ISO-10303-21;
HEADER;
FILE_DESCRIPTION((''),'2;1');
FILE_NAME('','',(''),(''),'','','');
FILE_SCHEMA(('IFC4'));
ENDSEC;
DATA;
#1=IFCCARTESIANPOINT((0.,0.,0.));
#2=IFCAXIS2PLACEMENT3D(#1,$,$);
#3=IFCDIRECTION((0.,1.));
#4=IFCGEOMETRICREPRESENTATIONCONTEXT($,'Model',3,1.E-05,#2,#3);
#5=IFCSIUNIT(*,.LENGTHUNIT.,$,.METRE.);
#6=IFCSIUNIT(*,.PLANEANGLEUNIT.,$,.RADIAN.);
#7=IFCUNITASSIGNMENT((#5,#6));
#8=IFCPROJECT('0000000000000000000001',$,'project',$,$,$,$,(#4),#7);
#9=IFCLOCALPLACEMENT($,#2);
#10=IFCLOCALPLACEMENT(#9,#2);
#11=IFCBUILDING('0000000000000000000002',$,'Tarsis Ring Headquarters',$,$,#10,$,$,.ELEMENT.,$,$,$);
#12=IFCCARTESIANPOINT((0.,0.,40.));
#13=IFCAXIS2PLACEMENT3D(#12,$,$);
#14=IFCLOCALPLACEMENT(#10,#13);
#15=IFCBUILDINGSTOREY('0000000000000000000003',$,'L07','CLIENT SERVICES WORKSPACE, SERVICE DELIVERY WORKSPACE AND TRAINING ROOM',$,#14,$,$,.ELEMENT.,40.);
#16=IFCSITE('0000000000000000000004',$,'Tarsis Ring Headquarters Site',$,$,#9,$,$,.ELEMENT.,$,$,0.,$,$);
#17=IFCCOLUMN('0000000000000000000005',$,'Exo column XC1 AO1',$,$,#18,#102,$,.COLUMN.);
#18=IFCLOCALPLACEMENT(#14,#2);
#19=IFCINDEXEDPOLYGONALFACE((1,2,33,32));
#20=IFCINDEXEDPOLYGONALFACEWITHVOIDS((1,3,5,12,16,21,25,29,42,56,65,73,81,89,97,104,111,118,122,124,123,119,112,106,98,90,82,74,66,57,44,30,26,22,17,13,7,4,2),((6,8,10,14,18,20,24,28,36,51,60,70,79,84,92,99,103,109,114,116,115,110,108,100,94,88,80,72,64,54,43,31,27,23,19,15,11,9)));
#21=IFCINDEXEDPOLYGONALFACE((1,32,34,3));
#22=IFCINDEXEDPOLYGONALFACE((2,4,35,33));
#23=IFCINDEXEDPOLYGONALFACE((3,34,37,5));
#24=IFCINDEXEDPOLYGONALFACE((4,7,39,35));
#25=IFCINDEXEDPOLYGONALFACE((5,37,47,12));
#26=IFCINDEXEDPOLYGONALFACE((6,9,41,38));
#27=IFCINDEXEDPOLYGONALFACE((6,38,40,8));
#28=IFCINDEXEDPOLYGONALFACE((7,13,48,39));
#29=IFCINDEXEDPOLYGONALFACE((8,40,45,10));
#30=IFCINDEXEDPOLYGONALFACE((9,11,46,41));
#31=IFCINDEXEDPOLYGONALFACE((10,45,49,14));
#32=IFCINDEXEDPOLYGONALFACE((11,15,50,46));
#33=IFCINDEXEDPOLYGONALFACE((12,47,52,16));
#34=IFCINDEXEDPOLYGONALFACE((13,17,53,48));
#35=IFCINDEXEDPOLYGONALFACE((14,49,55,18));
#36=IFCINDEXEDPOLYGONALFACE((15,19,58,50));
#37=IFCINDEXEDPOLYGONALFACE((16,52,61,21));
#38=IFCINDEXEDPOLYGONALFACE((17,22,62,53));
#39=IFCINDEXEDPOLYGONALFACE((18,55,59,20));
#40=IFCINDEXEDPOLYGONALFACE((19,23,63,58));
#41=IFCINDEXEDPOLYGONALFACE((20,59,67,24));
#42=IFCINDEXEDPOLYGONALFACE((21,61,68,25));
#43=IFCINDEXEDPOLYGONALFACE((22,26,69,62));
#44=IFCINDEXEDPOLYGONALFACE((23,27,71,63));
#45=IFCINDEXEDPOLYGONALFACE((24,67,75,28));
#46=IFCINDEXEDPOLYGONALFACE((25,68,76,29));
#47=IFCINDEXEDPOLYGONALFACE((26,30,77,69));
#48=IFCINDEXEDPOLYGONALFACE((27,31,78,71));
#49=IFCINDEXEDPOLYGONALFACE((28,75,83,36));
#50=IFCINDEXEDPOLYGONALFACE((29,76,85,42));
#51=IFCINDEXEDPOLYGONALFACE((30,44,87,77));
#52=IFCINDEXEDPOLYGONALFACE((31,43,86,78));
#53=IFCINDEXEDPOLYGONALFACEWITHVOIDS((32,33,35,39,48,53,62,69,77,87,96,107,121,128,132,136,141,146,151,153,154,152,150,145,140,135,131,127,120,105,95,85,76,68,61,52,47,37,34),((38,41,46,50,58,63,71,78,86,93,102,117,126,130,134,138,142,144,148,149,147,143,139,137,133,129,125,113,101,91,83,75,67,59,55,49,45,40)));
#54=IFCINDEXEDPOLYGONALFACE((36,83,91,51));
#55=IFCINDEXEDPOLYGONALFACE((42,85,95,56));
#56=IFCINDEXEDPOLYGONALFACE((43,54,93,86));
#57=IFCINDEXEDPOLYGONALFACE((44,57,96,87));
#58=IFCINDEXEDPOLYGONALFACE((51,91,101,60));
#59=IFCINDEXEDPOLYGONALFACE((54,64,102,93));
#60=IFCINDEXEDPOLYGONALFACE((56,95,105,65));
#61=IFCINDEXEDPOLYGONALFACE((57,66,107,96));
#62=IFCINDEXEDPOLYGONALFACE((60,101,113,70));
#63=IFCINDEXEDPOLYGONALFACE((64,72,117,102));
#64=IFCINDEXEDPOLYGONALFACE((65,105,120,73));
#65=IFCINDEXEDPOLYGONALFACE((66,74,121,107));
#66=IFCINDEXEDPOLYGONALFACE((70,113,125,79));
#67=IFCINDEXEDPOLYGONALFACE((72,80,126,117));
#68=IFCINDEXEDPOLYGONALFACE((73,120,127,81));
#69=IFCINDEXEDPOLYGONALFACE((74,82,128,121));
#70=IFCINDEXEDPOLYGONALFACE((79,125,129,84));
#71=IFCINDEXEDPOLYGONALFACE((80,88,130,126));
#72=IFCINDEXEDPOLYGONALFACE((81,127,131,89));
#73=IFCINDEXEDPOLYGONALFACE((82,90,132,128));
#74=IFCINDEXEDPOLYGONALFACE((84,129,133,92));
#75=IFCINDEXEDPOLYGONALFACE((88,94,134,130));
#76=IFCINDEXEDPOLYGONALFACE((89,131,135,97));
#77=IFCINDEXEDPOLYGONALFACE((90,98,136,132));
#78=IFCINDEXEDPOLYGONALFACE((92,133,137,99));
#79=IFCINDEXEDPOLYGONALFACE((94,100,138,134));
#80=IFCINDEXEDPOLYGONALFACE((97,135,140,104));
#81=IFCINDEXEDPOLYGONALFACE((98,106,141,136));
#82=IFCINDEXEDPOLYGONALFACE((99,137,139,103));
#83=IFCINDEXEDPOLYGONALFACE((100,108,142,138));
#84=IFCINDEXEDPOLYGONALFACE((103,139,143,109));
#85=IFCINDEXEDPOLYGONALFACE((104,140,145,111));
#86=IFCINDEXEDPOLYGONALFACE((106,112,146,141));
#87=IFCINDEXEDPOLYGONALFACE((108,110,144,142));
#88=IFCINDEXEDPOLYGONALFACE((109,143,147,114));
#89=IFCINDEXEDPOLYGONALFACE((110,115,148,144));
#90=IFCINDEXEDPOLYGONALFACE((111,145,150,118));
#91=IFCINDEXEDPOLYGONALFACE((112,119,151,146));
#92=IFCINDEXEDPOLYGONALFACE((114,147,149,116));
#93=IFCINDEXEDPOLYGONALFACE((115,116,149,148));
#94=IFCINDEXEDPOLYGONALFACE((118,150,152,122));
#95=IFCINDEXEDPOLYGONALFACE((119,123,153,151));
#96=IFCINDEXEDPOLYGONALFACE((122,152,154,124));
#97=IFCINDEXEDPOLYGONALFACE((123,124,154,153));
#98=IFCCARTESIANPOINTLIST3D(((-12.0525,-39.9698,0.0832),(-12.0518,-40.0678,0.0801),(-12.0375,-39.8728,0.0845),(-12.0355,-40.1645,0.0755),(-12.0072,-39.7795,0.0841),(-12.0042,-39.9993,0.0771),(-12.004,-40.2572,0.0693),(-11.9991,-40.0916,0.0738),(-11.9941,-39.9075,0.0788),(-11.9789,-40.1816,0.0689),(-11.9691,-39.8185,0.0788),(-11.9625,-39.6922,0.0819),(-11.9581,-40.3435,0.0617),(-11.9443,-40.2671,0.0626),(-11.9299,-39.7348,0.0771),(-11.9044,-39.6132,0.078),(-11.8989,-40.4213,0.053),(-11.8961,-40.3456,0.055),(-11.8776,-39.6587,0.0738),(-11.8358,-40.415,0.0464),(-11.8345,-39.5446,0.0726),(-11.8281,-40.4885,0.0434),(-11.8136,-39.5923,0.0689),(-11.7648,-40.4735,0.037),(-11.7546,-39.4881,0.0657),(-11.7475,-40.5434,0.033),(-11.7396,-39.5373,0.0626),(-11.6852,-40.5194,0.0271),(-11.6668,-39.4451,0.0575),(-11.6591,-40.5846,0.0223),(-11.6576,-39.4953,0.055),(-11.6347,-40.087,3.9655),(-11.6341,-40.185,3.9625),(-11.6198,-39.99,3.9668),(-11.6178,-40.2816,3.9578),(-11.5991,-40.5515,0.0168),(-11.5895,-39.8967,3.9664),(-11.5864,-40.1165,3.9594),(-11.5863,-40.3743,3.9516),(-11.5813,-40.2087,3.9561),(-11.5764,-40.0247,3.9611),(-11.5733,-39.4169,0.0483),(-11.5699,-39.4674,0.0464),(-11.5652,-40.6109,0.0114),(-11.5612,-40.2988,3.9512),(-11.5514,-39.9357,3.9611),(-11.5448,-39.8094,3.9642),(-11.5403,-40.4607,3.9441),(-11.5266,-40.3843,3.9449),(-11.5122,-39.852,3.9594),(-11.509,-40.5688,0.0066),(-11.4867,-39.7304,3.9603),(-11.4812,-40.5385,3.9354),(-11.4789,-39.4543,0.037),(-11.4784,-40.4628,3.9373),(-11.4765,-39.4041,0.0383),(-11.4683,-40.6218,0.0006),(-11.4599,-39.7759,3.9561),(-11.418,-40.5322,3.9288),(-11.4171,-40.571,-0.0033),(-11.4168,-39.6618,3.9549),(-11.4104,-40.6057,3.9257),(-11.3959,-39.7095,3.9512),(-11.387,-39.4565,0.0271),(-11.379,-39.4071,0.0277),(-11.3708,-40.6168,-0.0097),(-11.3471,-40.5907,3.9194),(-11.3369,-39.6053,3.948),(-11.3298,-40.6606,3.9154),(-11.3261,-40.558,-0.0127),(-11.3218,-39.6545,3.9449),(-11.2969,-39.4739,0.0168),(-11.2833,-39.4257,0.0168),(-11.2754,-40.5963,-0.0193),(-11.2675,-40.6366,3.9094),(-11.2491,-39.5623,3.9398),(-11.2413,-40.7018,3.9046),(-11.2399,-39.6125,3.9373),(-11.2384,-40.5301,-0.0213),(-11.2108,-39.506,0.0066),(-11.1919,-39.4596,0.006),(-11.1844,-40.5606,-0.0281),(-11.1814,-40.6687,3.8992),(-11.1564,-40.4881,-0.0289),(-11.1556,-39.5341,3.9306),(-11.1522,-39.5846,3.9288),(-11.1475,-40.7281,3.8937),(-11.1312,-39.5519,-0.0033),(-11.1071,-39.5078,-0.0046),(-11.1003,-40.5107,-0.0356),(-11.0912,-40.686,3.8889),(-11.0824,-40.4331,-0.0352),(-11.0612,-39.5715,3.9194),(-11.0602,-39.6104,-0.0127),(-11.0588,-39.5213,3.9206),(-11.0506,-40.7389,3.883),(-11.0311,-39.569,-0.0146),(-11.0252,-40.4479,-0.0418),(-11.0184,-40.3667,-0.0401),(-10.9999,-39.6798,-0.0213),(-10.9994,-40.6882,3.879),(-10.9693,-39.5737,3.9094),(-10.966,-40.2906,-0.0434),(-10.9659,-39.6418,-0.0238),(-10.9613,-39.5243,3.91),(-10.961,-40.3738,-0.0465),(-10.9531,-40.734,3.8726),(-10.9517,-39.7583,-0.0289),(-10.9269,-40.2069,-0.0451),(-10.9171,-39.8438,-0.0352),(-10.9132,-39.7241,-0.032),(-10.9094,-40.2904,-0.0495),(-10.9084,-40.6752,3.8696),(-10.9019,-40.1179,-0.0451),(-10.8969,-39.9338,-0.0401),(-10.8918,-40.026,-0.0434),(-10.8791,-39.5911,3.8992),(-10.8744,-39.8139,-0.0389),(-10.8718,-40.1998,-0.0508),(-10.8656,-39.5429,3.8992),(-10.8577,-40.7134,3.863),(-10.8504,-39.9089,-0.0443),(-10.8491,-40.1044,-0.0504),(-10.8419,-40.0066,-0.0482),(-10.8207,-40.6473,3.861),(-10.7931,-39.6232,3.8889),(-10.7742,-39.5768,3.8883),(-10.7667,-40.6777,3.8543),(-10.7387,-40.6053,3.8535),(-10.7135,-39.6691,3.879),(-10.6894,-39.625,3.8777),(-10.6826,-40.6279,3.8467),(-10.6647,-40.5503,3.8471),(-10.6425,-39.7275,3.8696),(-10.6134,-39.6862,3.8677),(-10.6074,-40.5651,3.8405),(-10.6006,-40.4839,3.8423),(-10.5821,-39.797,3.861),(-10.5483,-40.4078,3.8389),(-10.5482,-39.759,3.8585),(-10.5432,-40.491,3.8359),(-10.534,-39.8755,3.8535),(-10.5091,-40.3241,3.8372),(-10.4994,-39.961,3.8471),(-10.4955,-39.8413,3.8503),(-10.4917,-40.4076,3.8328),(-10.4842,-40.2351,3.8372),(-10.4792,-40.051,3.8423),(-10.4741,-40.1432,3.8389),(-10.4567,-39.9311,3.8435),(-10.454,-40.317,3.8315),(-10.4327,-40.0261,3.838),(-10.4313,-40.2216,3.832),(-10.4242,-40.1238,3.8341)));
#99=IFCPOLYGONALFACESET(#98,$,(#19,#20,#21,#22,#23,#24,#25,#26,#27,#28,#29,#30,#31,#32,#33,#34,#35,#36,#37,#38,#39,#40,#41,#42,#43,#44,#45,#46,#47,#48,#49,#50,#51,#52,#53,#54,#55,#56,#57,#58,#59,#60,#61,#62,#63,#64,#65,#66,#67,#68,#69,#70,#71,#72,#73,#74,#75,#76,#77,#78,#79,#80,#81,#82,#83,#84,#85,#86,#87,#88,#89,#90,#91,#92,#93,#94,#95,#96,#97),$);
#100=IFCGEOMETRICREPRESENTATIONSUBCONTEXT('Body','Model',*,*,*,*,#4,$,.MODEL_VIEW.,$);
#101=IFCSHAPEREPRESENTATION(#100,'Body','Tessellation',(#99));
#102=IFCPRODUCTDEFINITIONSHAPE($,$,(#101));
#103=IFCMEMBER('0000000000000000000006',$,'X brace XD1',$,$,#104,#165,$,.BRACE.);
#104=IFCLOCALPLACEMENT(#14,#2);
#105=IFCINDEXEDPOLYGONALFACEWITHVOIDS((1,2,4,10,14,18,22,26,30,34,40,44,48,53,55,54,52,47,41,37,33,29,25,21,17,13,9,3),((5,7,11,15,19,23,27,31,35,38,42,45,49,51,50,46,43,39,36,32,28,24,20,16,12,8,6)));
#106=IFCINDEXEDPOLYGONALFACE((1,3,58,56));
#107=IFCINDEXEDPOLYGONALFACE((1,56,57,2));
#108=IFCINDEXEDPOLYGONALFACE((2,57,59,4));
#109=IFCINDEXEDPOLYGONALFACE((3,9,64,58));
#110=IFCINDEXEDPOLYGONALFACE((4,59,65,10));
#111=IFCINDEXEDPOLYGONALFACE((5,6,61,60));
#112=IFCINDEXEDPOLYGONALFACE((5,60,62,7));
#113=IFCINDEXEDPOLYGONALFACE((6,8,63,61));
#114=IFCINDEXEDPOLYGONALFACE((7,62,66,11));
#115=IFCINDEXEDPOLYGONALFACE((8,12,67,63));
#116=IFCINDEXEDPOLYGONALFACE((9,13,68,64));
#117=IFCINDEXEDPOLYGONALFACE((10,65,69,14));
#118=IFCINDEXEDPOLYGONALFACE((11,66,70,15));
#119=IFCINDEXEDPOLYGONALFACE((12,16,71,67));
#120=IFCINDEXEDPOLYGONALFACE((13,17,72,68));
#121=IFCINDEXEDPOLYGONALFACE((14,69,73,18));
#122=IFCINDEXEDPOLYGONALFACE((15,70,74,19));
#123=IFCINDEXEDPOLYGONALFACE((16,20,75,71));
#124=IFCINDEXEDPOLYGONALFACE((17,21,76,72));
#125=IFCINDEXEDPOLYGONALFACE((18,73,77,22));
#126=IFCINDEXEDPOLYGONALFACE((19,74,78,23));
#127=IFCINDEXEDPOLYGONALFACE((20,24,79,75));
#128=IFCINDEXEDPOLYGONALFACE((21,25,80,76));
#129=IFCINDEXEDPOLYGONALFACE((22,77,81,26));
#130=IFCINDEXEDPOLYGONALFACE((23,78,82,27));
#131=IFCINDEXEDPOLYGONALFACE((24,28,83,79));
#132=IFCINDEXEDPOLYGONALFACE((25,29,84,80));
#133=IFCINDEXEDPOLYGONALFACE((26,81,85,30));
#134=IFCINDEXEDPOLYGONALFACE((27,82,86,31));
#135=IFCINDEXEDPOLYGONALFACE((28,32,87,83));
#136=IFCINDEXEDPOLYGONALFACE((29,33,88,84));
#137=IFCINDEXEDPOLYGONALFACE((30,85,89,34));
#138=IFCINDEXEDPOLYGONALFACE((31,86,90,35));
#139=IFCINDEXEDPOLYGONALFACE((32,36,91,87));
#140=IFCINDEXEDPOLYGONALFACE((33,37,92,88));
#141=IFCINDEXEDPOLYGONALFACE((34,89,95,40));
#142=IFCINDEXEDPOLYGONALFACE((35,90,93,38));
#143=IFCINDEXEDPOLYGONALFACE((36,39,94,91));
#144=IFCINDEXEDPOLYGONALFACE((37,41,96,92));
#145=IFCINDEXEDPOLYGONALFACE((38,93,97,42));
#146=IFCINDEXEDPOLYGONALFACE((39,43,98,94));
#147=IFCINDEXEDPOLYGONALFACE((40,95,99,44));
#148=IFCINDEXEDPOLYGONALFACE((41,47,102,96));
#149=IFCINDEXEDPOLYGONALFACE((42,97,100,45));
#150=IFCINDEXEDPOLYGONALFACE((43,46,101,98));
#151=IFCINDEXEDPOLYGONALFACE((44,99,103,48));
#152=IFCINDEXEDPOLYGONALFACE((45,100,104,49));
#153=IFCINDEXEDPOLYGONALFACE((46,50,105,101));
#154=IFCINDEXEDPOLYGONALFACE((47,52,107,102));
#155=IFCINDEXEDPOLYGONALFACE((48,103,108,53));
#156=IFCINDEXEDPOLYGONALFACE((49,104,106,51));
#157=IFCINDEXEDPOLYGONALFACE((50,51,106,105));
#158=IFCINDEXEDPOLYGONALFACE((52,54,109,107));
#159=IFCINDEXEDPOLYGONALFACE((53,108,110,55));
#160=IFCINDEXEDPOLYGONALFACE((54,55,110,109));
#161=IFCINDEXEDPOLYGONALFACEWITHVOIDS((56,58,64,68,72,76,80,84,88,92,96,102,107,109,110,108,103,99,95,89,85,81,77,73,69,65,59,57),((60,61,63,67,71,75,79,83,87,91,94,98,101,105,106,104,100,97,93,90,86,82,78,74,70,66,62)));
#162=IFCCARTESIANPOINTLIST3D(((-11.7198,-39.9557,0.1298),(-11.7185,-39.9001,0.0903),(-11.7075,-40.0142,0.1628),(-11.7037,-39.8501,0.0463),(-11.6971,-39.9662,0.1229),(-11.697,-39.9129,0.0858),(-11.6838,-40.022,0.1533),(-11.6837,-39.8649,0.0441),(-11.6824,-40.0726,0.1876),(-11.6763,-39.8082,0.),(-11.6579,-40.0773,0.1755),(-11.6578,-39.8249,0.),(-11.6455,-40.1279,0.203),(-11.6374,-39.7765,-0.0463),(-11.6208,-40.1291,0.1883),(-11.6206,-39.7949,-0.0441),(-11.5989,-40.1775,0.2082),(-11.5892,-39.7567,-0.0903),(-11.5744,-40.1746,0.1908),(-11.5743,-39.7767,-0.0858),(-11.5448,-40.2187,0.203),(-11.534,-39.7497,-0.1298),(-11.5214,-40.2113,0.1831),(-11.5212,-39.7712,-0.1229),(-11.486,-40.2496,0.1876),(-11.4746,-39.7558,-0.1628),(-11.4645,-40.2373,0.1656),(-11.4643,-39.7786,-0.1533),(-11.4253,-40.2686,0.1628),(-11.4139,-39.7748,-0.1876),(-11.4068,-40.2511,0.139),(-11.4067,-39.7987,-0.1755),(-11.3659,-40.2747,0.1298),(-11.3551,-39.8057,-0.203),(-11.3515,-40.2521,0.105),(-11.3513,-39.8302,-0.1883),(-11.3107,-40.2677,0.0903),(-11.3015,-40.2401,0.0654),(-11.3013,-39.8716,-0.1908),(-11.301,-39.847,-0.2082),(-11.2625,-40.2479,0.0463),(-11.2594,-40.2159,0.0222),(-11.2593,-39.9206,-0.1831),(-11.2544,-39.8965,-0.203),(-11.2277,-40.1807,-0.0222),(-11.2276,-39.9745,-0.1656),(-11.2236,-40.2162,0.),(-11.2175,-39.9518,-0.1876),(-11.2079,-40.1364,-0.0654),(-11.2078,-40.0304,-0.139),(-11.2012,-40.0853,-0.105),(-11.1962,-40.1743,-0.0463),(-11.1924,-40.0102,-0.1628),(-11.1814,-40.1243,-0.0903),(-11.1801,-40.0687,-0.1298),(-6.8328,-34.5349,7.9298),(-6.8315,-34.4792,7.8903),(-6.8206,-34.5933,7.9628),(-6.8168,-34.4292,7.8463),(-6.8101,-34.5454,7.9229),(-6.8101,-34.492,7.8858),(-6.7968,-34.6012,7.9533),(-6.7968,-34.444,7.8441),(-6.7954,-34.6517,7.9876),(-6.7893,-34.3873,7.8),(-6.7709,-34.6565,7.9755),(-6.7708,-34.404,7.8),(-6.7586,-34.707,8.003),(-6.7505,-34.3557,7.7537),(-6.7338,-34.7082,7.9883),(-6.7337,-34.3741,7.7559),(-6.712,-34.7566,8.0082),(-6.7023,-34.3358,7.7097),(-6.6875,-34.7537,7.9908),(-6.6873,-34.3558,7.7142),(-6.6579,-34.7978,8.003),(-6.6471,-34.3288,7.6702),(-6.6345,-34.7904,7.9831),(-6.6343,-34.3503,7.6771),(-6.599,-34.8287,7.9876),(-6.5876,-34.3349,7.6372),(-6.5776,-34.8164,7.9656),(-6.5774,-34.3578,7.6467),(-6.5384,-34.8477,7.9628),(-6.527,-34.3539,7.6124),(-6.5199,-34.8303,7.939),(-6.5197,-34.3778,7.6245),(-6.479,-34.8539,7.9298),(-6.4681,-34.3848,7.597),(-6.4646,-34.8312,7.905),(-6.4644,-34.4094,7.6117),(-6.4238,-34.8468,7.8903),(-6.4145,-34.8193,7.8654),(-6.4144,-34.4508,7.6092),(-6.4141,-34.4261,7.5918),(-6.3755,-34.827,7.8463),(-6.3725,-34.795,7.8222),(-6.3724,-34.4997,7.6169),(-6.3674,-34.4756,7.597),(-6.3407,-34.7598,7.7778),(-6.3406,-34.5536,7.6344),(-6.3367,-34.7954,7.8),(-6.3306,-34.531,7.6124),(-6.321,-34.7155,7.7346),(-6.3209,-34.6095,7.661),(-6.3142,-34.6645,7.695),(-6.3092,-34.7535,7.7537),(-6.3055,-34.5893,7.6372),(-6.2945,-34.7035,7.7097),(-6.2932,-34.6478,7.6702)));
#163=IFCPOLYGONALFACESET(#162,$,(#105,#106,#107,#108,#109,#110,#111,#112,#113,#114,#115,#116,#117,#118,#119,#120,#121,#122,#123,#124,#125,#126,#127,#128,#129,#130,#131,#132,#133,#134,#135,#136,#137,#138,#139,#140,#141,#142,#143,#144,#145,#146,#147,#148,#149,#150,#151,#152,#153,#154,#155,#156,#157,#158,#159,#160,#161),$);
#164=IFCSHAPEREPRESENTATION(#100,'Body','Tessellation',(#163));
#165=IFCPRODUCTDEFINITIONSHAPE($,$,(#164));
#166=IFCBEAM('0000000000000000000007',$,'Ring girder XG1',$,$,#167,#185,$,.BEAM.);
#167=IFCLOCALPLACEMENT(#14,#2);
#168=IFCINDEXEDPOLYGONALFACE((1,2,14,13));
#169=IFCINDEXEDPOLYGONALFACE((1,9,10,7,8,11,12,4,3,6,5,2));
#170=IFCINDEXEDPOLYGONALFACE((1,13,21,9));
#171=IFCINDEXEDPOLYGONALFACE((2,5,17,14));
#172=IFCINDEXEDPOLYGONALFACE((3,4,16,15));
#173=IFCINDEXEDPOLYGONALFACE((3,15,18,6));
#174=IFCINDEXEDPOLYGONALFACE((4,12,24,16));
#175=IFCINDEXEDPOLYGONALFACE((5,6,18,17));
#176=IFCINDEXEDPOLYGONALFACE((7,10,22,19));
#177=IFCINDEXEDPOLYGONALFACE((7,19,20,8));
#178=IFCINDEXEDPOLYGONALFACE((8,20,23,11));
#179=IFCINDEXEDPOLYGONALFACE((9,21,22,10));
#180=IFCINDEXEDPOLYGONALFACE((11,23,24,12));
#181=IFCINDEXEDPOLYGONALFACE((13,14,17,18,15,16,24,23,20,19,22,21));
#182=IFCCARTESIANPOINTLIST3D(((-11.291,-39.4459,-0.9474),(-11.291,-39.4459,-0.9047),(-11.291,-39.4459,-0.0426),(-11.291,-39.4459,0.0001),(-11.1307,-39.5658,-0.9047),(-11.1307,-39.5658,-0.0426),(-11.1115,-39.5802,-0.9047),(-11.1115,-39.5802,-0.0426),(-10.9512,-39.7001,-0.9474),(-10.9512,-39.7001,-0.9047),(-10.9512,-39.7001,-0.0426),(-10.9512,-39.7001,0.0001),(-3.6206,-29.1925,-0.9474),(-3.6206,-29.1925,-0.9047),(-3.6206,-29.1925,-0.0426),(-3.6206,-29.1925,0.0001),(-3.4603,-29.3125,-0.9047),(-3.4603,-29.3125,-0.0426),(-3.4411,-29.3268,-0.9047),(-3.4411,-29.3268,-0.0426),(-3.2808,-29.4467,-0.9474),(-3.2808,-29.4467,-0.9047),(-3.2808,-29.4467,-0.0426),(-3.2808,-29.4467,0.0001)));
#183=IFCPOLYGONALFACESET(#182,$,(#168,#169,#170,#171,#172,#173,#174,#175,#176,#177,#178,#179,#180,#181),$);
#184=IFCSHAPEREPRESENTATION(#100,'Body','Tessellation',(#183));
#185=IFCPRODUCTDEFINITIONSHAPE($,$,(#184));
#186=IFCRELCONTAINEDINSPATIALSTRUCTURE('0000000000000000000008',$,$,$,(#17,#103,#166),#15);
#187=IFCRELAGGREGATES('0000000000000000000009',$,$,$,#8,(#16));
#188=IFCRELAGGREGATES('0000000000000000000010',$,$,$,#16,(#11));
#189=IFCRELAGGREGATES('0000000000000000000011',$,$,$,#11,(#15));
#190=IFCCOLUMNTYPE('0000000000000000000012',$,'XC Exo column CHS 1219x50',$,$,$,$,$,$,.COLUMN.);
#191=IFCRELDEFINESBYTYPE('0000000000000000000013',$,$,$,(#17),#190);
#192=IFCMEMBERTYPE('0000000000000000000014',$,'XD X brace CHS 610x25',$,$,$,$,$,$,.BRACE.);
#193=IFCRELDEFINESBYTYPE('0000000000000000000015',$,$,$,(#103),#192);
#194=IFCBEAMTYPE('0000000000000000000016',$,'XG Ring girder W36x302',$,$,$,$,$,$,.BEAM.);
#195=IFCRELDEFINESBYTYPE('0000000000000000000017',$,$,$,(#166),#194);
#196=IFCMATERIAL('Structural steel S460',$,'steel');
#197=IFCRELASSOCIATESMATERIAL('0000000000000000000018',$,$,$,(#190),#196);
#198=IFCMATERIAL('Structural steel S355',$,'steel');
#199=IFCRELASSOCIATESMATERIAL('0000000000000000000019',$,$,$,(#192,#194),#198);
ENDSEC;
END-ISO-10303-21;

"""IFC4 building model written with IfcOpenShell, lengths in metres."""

from ifc_helpers import new_model, si_unit, direction, frame, origin, origin_2d, place, context, subcontext, project, spatial, hollow_circle, i_section, extrude, material, material_profile, profile_set, type_object, element, save


model = new_model("IFC4")

# Units and contexts
model_context = context("Model", 3, precision=1e-05, world=origin(), true_north=direction((0.0, 1.0)))
body_context = subcontext(model_context, "Body", "Model", "MODEL_VIEW")
ifc_project = project(units=[si_unit("LENGTHUNIT", "METRE"), si_unit("PLANEANGLEUNIT", "RADIAN")], contexts=[model_context])

# Site, building, storey
site_placement = place(None, origin())
site = spatial("IfcSite", under=ifc_project, at=site_placement, Name="Tarsis Ring Headquarters Site", CompositionType="ELEMENT", RefElevation=0.0)
building_placement = place(site_placement, origin())
building = spatial("IfcBuilding", under=site, at=building_placement, Name="Tarsis Ring Headquarters", CompositionType="ELEMENT")
storey_placement = place(building_placement, frame((0.0, 0.0, 40.0)))
storey = spatial("IfcBuildingStorey", under=building, at=storey_placement, Name="L07", Description="CLIENT SERVICES WORKSPACE, SERVICE DELIVERY WORKSPACE AND TRAINING ROOM", CompositionType="ELEMENT", Elevation=40.0)

# Column
ifc_material_1 = material(Name="Structural steel S460", Category="steel")
ifc_material_profile_1 = material_profile(ifc_material_1, hollow_circle(Radius=0.6096, WallThickness=0.05, at=origin_2d()), Name="CHS 1219x50")
ifc_profile_set_1 = profile_set([ifc_material_profile_1], Name="Structural steel S460")
column_type = type_object("IfcColumnType", Name="XC Exo column CHS 1219x50", PredefinedType="COLUMN", material=ifc_profile_set_1)
column_placement = place(storey_placement, frame((-11.448, -40.0127, 0.0168), z_axis=(0.106931, -0.029998, 0.993814), x_axis=(0.27011, 0.962829, 0.0)))
element("IfcColumn", 1, at=column_placement, inside=storey, type_object=column_type, Name="Exo column XC1 AO1", PredefinedType="COLUMN", context=body_context, shape_type="SweptSolid", body=[
    extrude(hollow_circle(Radius=0.6096, WallThickness=0.05, at=origin_2d()), origin(), (0.0, 0.0, 1.0), 3.9065),
])

# Member
ifc_material_2 = material(Name="Structural steel S355", Category="steel")
ifc_material_profile_2 = material_profile(ifc_material_2, hollow_circle(Radius=0.3047, WallThickness=0.0249, at=origin_2d()), Name="CHS 610x25")
ifc_profile_set_2 = profile_set([ifc_material_profile_2], Name="Structural steel S355")
member_type = type_object("IfcMemberType", Name="XD X brace CHS 610x25", PredefinedType="BRACE", material=ifc_profile_set_2)
member_placement = place(storey_placement, frame((-11.45, -40.0122, 0.0), z_axis=(0.457487, 0.50747, 0.730192), x_axis=(-0.742738, 0.669582, 0.0)))
element("IfcMember", 2, at=member_placement, inside=storey, type_object=member_type, Name="X brace XD1", PredefinedType="BRACE", context=body_context, shape_type="SweptSolid", body=[
    extrude(hollow_circle(Radius=0.3047, WallThickness=0.0249, at=origin_2d()), origin(), (0.0, 0.0, 1.0), 10.6821),
])

# Beam
ifc_material_profile_3 = material_profile(ifc_material_2, i_section(OverallWidth=0.4243, OverallDepth=0.9475, WebThickness=0.0239, FlangeThickness=0.0427, at=origin_2d()), Name="W36x302")
ifc_profile_set_3 = profile_set([ifc_material_profile_3], Name="Structural steel S355")
beam_type = type_object("IfcBeamType", Name="XG Ring girder W36x302", PredefinedType="BEAM", material=ifc_profile_set_3)
beam_placement = place(storey_placement, frame((-11.1211, -39.573, -0.4736), z_axis=(0.599017, 0.800736, 0.0), x_axis=(-0.800736, 0.599017, 0.0)))
element("IfcBeam", 3, at=beam_placement, inside=storey, type_object=beam_type, Name="Ring girder XG1", PredefinedType="BEAM", context=body_context, shape_type="SweptSolid", body=[
    extrude(i_section(OverallWidth=0.4243, OverallDepth=0.9475, WebThickness=0.0239, FlangeThickness=0.0427, at=origin_2d()), origin(), (0.0, 0.0, 1.0), 12.8049),
])

save(model, "model.ifc")
